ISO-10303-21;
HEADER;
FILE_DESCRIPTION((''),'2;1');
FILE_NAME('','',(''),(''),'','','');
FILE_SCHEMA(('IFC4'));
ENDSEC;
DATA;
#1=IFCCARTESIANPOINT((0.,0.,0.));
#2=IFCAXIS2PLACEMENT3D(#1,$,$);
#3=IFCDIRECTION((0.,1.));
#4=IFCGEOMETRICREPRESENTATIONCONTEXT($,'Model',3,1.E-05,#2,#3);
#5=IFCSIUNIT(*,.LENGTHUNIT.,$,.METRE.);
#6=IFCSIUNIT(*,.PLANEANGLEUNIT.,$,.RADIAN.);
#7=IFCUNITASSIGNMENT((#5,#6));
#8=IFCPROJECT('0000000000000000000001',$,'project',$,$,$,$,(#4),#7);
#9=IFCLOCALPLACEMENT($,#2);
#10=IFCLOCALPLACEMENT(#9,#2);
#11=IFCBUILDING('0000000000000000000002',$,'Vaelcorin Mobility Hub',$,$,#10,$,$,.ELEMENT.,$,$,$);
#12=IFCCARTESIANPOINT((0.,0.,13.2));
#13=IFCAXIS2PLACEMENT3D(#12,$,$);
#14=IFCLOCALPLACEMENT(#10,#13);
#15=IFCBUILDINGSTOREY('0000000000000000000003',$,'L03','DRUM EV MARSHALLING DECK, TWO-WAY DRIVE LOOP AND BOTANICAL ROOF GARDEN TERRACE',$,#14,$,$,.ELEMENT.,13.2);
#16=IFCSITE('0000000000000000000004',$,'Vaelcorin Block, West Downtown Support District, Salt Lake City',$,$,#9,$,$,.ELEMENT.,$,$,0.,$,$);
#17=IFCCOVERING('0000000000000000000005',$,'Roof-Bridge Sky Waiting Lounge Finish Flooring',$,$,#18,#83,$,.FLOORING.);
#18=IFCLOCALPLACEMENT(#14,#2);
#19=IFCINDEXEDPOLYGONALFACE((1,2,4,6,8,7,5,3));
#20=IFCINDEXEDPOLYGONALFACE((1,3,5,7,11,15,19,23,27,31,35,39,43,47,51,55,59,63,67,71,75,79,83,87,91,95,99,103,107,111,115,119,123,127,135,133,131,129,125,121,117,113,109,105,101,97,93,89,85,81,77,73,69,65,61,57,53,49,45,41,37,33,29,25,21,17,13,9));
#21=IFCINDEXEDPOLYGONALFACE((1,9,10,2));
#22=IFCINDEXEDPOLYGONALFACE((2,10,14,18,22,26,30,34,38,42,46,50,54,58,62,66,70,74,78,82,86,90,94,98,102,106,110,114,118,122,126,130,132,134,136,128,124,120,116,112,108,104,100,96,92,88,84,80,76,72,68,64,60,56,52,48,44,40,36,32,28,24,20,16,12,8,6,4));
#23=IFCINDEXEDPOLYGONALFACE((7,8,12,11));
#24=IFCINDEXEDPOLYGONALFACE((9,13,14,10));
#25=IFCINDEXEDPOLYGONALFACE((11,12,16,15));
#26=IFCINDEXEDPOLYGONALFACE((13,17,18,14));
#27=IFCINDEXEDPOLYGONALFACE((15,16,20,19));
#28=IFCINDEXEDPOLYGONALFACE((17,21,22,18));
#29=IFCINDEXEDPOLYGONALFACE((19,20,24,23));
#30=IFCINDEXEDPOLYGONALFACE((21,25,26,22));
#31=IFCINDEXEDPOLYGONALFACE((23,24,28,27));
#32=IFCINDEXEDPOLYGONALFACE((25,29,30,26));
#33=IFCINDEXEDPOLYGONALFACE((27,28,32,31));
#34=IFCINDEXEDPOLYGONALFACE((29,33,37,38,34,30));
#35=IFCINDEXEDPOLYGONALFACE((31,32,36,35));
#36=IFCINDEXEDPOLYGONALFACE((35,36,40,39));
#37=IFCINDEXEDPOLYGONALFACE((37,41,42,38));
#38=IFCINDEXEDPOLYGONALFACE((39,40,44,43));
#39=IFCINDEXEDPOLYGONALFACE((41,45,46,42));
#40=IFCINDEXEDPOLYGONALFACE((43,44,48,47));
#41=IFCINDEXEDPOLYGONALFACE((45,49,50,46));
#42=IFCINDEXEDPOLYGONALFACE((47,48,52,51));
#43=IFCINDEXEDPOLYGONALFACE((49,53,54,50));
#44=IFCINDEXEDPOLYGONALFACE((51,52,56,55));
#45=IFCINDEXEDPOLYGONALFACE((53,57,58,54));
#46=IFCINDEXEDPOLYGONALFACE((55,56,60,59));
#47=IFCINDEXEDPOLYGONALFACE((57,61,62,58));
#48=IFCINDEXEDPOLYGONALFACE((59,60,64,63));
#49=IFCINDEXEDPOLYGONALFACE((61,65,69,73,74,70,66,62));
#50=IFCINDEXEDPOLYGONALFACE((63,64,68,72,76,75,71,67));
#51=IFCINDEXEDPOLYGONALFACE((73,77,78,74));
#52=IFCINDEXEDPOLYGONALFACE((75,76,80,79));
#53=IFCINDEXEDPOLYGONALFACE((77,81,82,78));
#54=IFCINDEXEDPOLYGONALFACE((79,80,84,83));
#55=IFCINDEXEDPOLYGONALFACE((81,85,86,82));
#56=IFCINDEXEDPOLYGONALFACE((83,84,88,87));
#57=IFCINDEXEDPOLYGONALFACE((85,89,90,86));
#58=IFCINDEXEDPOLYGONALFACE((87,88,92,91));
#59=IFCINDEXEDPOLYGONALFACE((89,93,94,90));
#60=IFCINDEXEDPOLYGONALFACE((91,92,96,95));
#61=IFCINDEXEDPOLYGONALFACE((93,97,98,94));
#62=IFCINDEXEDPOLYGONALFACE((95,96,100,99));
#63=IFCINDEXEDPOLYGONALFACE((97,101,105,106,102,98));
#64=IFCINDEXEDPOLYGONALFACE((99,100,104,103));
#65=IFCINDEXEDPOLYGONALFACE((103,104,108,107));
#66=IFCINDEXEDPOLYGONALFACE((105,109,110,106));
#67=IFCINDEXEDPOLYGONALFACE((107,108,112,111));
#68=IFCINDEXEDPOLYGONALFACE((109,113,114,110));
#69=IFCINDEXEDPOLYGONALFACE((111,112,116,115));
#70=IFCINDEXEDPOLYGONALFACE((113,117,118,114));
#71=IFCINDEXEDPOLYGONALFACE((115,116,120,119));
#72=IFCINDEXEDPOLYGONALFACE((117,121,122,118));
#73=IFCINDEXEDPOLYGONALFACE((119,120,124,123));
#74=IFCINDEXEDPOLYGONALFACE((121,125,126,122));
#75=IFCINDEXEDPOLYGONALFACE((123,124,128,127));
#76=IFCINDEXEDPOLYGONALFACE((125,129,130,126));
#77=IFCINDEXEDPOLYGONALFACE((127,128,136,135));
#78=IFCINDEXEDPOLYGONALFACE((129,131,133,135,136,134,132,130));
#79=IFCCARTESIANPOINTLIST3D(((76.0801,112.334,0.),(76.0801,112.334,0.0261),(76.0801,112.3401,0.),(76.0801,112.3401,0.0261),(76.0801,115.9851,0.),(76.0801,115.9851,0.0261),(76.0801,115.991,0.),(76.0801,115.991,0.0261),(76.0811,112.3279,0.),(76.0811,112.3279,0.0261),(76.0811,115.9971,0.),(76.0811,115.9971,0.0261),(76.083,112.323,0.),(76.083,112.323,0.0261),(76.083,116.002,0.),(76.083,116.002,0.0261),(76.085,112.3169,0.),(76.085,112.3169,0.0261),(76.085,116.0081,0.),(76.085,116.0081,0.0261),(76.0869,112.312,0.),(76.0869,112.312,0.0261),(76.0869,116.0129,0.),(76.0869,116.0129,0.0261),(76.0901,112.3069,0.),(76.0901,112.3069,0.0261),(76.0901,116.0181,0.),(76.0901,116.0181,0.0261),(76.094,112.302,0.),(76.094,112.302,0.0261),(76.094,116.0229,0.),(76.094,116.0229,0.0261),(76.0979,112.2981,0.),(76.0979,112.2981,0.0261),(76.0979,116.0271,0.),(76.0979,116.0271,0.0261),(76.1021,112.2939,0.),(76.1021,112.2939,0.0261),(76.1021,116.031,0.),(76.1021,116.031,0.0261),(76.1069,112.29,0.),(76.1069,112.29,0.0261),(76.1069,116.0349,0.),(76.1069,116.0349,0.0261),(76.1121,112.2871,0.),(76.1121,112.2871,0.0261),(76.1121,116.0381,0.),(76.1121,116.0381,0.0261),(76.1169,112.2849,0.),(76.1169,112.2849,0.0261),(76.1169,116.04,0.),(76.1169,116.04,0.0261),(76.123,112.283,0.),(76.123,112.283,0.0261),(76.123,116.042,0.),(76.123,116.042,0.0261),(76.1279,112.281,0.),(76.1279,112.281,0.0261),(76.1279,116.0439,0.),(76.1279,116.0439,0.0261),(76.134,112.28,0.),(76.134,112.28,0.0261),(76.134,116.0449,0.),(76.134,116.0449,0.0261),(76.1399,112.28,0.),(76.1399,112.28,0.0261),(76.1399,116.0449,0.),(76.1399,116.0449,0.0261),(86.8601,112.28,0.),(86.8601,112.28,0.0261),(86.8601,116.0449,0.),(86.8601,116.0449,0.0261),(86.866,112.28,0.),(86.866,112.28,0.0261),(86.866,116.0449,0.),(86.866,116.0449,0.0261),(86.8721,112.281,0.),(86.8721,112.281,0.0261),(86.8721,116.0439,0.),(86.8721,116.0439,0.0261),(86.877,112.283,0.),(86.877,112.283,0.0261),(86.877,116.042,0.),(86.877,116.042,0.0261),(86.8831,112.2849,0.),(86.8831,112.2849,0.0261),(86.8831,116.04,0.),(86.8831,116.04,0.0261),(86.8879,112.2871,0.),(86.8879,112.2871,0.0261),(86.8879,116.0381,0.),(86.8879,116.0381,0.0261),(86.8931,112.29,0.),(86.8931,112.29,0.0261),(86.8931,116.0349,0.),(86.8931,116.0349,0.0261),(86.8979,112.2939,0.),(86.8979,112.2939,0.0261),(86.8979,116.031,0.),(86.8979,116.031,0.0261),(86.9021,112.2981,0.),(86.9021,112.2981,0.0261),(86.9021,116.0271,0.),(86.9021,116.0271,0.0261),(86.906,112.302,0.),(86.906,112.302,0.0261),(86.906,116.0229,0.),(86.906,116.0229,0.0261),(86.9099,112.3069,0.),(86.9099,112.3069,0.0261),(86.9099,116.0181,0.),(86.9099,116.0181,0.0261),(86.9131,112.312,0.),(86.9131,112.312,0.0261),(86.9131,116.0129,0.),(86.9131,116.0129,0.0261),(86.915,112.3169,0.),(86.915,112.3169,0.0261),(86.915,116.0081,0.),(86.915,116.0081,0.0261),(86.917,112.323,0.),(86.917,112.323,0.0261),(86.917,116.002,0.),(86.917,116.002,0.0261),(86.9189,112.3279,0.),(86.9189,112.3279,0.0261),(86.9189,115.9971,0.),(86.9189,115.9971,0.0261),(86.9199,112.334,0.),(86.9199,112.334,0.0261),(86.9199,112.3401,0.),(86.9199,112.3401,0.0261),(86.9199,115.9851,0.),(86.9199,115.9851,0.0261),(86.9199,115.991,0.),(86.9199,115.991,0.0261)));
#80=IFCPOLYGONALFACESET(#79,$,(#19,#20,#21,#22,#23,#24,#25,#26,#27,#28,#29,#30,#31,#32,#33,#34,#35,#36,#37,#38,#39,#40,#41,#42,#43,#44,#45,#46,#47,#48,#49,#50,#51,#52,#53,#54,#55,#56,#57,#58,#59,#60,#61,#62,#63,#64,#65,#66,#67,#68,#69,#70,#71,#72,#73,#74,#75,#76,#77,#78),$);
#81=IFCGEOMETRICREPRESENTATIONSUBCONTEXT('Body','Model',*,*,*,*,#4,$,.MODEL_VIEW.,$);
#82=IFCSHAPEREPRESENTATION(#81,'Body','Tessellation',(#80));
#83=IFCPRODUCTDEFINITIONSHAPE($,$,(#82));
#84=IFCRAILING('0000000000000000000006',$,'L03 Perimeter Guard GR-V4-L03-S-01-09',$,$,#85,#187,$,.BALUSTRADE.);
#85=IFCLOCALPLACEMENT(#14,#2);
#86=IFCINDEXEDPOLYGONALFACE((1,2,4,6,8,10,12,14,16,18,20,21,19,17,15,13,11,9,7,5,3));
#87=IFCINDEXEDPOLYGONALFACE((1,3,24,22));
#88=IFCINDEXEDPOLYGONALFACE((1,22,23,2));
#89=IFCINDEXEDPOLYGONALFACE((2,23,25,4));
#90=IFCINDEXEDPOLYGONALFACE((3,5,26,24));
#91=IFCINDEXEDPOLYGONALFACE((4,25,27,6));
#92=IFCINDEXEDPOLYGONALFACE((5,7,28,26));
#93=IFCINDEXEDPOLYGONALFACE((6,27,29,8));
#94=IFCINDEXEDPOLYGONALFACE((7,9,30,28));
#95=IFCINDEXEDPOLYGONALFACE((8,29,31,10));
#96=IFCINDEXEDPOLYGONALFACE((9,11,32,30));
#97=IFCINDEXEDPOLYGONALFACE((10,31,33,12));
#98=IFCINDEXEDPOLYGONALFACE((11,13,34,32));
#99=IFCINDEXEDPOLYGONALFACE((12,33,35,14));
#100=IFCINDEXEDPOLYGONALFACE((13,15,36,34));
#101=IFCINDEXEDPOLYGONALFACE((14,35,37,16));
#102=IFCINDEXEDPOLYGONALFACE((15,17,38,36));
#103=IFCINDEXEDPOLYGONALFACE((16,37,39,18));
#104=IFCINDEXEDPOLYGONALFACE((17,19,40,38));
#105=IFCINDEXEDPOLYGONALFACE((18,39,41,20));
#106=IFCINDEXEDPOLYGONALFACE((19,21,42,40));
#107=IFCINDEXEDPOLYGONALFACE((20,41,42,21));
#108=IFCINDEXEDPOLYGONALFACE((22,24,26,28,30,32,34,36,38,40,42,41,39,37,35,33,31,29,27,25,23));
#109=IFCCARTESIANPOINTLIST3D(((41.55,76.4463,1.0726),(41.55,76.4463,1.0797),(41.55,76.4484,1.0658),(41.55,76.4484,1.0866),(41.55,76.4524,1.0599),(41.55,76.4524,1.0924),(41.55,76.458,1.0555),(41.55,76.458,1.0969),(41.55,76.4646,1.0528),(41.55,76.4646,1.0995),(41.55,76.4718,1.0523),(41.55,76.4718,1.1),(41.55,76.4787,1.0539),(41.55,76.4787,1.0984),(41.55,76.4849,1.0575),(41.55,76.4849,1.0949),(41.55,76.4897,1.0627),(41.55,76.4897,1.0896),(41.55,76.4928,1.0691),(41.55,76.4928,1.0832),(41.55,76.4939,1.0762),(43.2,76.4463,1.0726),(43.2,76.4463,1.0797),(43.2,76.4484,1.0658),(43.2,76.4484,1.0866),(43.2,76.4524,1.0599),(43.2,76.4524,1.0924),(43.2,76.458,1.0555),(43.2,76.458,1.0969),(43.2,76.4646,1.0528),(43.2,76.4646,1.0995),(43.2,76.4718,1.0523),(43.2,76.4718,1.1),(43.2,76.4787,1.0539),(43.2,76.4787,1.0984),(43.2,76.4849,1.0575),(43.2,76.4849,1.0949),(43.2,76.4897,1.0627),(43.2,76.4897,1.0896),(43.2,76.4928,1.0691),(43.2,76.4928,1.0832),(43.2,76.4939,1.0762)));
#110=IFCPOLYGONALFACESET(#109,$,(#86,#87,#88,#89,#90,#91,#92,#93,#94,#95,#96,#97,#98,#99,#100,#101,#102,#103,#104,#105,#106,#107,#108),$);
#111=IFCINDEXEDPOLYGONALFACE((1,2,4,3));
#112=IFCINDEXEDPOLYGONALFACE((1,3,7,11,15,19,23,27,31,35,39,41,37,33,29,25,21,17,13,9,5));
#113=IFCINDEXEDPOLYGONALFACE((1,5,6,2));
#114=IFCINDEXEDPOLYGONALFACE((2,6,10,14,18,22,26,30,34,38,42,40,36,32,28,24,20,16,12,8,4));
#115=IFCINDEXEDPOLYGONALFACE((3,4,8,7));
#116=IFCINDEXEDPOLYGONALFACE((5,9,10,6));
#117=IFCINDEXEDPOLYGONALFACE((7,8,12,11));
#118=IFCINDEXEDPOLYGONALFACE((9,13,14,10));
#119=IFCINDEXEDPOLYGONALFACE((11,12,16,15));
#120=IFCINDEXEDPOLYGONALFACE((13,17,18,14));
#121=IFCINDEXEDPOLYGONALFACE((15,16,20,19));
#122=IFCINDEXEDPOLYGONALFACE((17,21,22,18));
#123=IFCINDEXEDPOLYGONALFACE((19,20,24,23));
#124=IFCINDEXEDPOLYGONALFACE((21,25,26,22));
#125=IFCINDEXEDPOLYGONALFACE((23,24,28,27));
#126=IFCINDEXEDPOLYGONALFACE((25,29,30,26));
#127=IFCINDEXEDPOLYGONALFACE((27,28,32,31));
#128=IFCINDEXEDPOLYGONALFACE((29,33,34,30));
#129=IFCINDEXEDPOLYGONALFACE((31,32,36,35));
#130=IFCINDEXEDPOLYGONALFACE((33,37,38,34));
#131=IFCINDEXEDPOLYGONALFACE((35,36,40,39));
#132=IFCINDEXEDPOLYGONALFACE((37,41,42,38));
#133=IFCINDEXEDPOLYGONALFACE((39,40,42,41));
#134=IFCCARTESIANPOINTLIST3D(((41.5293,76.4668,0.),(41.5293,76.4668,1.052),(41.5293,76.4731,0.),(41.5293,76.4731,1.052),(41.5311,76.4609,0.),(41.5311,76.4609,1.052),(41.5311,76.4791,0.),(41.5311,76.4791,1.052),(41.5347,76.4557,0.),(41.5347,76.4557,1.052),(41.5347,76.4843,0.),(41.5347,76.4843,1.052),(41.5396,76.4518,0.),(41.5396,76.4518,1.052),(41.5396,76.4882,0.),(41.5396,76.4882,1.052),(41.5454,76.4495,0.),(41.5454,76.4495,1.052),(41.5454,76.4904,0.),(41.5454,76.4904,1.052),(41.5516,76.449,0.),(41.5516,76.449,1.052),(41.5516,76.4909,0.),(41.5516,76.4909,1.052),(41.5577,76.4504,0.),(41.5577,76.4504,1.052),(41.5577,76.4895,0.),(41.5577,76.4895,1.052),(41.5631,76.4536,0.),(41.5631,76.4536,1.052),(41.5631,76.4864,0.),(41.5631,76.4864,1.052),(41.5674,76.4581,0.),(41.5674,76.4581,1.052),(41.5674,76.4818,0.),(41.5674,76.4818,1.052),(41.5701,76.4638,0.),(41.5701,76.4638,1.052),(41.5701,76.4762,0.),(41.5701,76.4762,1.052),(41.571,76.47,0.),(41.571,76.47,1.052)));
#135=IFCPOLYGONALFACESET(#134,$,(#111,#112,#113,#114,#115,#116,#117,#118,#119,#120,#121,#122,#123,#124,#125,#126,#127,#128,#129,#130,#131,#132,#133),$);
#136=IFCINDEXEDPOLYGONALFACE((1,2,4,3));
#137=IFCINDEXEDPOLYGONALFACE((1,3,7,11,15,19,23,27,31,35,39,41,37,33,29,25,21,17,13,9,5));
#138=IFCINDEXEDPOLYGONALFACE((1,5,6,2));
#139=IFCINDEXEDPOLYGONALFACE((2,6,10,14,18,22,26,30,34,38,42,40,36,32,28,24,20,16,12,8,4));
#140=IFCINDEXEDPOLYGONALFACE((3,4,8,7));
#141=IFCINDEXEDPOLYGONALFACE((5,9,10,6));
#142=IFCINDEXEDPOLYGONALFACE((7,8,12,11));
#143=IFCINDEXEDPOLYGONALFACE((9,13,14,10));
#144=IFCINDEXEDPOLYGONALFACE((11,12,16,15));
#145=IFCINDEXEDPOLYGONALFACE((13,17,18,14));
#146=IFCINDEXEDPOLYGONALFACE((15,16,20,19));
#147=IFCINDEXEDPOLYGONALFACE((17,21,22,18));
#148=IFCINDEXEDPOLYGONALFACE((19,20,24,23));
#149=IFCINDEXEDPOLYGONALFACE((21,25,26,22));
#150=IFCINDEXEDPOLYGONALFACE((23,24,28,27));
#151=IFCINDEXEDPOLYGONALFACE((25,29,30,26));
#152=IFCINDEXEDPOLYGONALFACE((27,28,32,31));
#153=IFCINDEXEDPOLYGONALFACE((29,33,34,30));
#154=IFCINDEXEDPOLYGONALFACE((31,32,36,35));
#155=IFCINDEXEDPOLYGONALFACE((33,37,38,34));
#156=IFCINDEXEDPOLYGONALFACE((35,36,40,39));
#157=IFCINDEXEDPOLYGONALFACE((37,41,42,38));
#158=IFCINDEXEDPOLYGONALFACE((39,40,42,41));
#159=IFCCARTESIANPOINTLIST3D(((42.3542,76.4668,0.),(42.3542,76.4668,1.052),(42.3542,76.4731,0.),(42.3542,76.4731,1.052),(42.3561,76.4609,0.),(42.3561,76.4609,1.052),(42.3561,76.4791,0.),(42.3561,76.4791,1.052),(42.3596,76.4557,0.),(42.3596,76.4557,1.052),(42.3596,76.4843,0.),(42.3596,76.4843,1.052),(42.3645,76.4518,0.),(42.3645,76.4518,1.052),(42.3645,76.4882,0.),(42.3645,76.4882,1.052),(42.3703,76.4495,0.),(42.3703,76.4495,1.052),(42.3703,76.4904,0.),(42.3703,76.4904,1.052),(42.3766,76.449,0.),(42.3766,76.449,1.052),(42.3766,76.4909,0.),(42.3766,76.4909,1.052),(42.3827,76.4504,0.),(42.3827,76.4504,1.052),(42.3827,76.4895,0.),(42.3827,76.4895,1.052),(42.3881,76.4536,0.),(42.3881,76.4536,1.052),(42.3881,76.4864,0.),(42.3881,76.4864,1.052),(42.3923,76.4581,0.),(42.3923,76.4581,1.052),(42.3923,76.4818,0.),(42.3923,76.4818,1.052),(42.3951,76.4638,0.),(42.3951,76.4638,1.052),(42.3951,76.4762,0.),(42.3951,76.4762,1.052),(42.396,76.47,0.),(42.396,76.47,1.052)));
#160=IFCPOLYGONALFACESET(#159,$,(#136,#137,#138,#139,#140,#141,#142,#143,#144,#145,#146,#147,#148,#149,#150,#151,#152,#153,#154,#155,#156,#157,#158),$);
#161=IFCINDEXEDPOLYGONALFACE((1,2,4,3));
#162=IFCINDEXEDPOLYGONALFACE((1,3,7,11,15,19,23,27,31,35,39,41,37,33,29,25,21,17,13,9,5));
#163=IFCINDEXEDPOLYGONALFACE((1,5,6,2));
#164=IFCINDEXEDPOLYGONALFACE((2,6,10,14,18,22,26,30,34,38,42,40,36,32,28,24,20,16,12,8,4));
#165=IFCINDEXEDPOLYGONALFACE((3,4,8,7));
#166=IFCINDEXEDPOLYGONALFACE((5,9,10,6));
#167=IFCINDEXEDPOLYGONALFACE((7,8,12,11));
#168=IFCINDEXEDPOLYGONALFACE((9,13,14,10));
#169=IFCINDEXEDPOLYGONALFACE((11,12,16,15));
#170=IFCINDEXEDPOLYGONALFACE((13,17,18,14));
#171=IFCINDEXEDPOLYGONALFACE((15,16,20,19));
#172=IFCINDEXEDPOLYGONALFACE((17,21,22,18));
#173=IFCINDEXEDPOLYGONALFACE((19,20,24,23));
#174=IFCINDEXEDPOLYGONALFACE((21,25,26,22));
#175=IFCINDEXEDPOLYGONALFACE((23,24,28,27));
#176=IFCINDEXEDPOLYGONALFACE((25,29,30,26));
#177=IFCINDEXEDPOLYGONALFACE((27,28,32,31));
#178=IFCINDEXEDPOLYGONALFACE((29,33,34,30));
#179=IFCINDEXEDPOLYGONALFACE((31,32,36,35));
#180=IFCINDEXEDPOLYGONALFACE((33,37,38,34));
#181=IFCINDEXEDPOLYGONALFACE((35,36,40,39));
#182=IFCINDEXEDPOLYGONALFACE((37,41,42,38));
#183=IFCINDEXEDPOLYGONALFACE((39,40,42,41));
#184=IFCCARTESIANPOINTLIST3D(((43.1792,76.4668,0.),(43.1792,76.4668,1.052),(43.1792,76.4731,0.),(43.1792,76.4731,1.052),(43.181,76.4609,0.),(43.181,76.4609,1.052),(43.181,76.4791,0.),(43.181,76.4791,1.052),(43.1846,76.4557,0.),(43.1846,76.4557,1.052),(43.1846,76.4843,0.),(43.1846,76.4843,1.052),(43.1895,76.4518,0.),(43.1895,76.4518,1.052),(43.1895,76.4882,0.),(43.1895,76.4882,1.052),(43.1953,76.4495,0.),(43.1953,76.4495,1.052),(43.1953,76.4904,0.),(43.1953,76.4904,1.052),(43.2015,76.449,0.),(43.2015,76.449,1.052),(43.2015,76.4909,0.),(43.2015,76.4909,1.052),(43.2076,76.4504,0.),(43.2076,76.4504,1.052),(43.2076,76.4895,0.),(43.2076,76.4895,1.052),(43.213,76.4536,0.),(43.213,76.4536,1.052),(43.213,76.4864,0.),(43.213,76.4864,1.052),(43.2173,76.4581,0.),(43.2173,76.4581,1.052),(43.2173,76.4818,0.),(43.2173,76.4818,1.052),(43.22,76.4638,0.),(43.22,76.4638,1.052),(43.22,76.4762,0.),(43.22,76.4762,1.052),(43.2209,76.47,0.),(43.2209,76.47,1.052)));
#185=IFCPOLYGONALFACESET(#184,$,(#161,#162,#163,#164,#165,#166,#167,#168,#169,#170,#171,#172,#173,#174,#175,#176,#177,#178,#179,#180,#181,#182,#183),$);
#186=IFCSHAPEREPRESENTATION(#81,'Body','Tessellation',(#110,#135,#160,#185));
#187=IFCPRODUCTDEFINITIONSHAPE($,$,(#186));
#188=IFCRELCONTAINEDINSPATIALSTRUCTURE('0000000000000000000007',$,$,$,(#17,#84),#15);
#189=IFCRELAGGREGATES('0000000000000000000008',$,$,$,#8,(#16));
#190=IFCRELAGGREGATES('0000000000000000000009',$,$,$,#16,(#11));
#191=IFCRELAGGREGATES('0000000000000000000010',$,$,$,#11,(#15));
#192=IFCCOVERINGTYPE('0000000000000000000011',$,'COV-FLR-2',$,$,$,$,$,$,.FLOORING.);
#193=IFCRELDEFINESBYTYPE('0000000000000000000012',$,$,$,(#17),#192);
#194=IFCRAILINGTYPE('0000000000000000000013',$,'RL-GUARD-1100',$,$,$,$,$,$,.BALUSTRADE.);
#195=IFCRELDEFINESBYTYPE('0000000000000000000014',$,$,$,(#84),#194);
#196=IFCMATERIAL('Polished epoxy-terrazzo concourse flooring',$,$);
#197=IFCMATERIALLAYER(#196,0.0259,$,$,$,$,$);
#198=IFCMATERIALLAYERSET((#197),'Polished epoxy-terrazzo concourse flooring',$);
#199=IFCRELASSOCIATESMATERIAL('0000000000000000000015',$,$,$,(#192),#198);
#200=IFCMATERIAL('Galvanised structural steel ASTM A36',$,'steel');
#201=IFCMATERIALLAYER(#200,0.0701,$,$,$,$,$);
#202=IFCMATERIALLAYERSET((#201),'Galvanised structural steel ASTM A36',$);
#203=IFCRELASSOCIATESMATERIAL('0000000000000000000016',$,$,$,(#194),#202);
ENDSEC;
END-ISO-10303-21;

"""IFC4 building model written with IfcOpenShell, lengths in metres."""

from ifc_helpers import new_model, si_unit, direction, frame, origin, origin_2d, place, context, subcontext, project, spatial, polyline, circle, outline, extrude, material, layer, layer_set, type_object, element, save


model = new_model("IFC4")

# Units and contexts
model_context = context("Model", 3, precision=1e-05, world=origin(), true_north=direction((0.0, 1.0)))
body_context = subcontext(model_context, "Body", "Model", "MODEL_VIEW")
ifc_project = project(units=[si_unit("LENGTHUNIT", "METRE"), si_unit("PLANEANGLEUNIT", "RADIAN")], contexts=[model_context])

# Site, building, storey
site_placement = place(None, origin())
site = spatial("IfcSite", under=ifc_project, at=site_placement, Name="Vaelcorin Block, West Downtown Support District, Salt Lake City", CompositionType="ELEMENT", RefElevation=0.0)
building_placement = place(site_placement, origin())
building = spatial("IfcBuilding", under=site, at=building_placement, Name="Vaelcorin Mobility Hub", CompositionType="ELEMENT")
storey_placement = place(building_placement, frame((0.0, 0.0, 13.2)))
storey = spatial("IfcBuildingStorey", under=building, at=storey_placement, Name="L03", Description="DRUM EV MARSHALLING DECK, TWO-WAY DRIVE LOOP AND BOTANICAL ROOF GARDEN TERRACE", CompositionType="ELEMENT", Elevation=13.2)

# Covering
ifc_material_1 = material(Name="Polished epoxy-terrazzo concourse flooring")
ifc_layer_1 = layer(ifc_material_1, 0.0259)
ifc_layer_set_1 = layer_set([ifc_layer_1], Name="Polished epoxy-terrazzo concourse flooring")
covering_type_1 = type_object("IfcCoveringType", Name="COV-FLR-2", PredefinedType="FLOORING", material=ifc_layer_set_1)
covering_1_placement = place(storey_placement, origin())
element("IfcCovering", 1, at=covering_1_placement, inside=storey, type_object=covering_type_1, Name="Roof-Bridge Sky Waiting Lounge Finish Flooring", PredefinedType="FLOORING", context=body_context, shape_type="SweptSolid", body=[
    extrude(outline(polyline([(76.1399, 112.28), (76.134, 112.28), (76.1279, 112.281), (76.123, 112.283), (76.1169, 112.2849), (76.1121, 112.2871), (76.1069, 112.29), (76.1021, 112.2939), (76.0979, 112.2981), (76.094, 112.302), (76.0901, 112.3069), (76.0869, 112.312), (76.085, 112.3169), (76.083, 112.323), (76.0811, 112.3279), (76.0801, 112.334), (76.0801, 112.3401), (76.0801, 115.9851), (76.0801, 115.991), (76.0811, 115.9971), (76.083, 116.002), (76.085, 116.0081), (76.0869, 116.0129), (76.0901, 116.0181), (76.094, 116.0229), (76.0979, 116.0271), (76.1021, 116.031), (76.1069, 116.0349), (76.1121, 116.0381), (76.1169, 116.04), (76.123, 116.042), (76.1279, 116.0439), (76.134, 116.0449), (76.1399, 116.0449), (86.8601, 116.0449), (86.866, 116.0449), (86.8721, 116.0439), (86.877, 116.042), (86.8831, 116.04), (86.8879, 116.0381), (86.8931, 116.0349), (86.8979, 116.031), (86.9021, 116.0271), (86.906, 116.0229), (86.9099, 116.0181), (86.9131, 116.0129), (86.915, 116.0081), (86.917, 116.002), (86.9189, 115.9971), (86.9199, 115.991), (86.9199, 115.9851), (86.9199, 112.3401), (86.9199, 112.334), (86.9189, 112.3279), (86.917, 112.323), (86.915, 112.3169), (86.9131, 112.312), (86.9099, 112.3069), (86.906, 112.302), (86.9021, 112.2981), (86.8979, 112.2939), (86.8931, 112.29), (86.8879, 112.2871), (86.8831, 112.2849), (86.877, 112.283), (86.8721, 112.281), (86.866, 112.28), (86.8601, 112.28), (76.1399, 112.28)])), origin(), (0.0, 0.0, 1.0), 0.0261),
])

# Railing
ifc_material_2 = material(Name="Galvanised structural steel ASTM A36", Category="steel")
ifc_layer_2 = layer(ifc_material_2, 0.0701)
ifc_layer_set_2 = layer_set([ifc_layer_2], Name="Galvanised structural steel ASTM A36")
railing_type = type_object("IfcRailingType", Name="RL-GUARD-1100", PredefinedType="BALUSTRADE", material=ifc_layer_set_2)
railing_1_placement = place(storey_placement, frame((41.55, 76.47, 0.0)))
element("IfcRailing", 2, at=railing_1_placement, inside=storey, type_object=railing_type, Name="L03 Perimeter Guard GR-V4-L03-S-01-09", PredefinedType="BALUSTRADE", context=body_context, shape_type="SweptSolid", body=[
    extrude(circle(Radius=0.0239, at=origin_2d()), frame((0.0, 0.0, 1.0762), z_axis=(1.0, 0.0, 0.0), x_axis=(0.0, 1.0, 0.0)), (0.0, 0.0, 1.0), 1.6499),
    extrude(circle(Radius=0.021, at=origin_2d()), origin(), (0.0, 0.0, 1.0), 1.052),
    extrude(circle(Radius=0.021, at=origin_2d()), frame((0.825, 0.0, 0.0)), (0.0, 0.0, 1.0), 1.052),
    extrude(circle(Radius=0.021, at=origin_2d()), frame((1.6499, 0.0, 0.0)), (0.0, 0.0, 1.0), 1.052),
])

save(model, "model.ifc")
